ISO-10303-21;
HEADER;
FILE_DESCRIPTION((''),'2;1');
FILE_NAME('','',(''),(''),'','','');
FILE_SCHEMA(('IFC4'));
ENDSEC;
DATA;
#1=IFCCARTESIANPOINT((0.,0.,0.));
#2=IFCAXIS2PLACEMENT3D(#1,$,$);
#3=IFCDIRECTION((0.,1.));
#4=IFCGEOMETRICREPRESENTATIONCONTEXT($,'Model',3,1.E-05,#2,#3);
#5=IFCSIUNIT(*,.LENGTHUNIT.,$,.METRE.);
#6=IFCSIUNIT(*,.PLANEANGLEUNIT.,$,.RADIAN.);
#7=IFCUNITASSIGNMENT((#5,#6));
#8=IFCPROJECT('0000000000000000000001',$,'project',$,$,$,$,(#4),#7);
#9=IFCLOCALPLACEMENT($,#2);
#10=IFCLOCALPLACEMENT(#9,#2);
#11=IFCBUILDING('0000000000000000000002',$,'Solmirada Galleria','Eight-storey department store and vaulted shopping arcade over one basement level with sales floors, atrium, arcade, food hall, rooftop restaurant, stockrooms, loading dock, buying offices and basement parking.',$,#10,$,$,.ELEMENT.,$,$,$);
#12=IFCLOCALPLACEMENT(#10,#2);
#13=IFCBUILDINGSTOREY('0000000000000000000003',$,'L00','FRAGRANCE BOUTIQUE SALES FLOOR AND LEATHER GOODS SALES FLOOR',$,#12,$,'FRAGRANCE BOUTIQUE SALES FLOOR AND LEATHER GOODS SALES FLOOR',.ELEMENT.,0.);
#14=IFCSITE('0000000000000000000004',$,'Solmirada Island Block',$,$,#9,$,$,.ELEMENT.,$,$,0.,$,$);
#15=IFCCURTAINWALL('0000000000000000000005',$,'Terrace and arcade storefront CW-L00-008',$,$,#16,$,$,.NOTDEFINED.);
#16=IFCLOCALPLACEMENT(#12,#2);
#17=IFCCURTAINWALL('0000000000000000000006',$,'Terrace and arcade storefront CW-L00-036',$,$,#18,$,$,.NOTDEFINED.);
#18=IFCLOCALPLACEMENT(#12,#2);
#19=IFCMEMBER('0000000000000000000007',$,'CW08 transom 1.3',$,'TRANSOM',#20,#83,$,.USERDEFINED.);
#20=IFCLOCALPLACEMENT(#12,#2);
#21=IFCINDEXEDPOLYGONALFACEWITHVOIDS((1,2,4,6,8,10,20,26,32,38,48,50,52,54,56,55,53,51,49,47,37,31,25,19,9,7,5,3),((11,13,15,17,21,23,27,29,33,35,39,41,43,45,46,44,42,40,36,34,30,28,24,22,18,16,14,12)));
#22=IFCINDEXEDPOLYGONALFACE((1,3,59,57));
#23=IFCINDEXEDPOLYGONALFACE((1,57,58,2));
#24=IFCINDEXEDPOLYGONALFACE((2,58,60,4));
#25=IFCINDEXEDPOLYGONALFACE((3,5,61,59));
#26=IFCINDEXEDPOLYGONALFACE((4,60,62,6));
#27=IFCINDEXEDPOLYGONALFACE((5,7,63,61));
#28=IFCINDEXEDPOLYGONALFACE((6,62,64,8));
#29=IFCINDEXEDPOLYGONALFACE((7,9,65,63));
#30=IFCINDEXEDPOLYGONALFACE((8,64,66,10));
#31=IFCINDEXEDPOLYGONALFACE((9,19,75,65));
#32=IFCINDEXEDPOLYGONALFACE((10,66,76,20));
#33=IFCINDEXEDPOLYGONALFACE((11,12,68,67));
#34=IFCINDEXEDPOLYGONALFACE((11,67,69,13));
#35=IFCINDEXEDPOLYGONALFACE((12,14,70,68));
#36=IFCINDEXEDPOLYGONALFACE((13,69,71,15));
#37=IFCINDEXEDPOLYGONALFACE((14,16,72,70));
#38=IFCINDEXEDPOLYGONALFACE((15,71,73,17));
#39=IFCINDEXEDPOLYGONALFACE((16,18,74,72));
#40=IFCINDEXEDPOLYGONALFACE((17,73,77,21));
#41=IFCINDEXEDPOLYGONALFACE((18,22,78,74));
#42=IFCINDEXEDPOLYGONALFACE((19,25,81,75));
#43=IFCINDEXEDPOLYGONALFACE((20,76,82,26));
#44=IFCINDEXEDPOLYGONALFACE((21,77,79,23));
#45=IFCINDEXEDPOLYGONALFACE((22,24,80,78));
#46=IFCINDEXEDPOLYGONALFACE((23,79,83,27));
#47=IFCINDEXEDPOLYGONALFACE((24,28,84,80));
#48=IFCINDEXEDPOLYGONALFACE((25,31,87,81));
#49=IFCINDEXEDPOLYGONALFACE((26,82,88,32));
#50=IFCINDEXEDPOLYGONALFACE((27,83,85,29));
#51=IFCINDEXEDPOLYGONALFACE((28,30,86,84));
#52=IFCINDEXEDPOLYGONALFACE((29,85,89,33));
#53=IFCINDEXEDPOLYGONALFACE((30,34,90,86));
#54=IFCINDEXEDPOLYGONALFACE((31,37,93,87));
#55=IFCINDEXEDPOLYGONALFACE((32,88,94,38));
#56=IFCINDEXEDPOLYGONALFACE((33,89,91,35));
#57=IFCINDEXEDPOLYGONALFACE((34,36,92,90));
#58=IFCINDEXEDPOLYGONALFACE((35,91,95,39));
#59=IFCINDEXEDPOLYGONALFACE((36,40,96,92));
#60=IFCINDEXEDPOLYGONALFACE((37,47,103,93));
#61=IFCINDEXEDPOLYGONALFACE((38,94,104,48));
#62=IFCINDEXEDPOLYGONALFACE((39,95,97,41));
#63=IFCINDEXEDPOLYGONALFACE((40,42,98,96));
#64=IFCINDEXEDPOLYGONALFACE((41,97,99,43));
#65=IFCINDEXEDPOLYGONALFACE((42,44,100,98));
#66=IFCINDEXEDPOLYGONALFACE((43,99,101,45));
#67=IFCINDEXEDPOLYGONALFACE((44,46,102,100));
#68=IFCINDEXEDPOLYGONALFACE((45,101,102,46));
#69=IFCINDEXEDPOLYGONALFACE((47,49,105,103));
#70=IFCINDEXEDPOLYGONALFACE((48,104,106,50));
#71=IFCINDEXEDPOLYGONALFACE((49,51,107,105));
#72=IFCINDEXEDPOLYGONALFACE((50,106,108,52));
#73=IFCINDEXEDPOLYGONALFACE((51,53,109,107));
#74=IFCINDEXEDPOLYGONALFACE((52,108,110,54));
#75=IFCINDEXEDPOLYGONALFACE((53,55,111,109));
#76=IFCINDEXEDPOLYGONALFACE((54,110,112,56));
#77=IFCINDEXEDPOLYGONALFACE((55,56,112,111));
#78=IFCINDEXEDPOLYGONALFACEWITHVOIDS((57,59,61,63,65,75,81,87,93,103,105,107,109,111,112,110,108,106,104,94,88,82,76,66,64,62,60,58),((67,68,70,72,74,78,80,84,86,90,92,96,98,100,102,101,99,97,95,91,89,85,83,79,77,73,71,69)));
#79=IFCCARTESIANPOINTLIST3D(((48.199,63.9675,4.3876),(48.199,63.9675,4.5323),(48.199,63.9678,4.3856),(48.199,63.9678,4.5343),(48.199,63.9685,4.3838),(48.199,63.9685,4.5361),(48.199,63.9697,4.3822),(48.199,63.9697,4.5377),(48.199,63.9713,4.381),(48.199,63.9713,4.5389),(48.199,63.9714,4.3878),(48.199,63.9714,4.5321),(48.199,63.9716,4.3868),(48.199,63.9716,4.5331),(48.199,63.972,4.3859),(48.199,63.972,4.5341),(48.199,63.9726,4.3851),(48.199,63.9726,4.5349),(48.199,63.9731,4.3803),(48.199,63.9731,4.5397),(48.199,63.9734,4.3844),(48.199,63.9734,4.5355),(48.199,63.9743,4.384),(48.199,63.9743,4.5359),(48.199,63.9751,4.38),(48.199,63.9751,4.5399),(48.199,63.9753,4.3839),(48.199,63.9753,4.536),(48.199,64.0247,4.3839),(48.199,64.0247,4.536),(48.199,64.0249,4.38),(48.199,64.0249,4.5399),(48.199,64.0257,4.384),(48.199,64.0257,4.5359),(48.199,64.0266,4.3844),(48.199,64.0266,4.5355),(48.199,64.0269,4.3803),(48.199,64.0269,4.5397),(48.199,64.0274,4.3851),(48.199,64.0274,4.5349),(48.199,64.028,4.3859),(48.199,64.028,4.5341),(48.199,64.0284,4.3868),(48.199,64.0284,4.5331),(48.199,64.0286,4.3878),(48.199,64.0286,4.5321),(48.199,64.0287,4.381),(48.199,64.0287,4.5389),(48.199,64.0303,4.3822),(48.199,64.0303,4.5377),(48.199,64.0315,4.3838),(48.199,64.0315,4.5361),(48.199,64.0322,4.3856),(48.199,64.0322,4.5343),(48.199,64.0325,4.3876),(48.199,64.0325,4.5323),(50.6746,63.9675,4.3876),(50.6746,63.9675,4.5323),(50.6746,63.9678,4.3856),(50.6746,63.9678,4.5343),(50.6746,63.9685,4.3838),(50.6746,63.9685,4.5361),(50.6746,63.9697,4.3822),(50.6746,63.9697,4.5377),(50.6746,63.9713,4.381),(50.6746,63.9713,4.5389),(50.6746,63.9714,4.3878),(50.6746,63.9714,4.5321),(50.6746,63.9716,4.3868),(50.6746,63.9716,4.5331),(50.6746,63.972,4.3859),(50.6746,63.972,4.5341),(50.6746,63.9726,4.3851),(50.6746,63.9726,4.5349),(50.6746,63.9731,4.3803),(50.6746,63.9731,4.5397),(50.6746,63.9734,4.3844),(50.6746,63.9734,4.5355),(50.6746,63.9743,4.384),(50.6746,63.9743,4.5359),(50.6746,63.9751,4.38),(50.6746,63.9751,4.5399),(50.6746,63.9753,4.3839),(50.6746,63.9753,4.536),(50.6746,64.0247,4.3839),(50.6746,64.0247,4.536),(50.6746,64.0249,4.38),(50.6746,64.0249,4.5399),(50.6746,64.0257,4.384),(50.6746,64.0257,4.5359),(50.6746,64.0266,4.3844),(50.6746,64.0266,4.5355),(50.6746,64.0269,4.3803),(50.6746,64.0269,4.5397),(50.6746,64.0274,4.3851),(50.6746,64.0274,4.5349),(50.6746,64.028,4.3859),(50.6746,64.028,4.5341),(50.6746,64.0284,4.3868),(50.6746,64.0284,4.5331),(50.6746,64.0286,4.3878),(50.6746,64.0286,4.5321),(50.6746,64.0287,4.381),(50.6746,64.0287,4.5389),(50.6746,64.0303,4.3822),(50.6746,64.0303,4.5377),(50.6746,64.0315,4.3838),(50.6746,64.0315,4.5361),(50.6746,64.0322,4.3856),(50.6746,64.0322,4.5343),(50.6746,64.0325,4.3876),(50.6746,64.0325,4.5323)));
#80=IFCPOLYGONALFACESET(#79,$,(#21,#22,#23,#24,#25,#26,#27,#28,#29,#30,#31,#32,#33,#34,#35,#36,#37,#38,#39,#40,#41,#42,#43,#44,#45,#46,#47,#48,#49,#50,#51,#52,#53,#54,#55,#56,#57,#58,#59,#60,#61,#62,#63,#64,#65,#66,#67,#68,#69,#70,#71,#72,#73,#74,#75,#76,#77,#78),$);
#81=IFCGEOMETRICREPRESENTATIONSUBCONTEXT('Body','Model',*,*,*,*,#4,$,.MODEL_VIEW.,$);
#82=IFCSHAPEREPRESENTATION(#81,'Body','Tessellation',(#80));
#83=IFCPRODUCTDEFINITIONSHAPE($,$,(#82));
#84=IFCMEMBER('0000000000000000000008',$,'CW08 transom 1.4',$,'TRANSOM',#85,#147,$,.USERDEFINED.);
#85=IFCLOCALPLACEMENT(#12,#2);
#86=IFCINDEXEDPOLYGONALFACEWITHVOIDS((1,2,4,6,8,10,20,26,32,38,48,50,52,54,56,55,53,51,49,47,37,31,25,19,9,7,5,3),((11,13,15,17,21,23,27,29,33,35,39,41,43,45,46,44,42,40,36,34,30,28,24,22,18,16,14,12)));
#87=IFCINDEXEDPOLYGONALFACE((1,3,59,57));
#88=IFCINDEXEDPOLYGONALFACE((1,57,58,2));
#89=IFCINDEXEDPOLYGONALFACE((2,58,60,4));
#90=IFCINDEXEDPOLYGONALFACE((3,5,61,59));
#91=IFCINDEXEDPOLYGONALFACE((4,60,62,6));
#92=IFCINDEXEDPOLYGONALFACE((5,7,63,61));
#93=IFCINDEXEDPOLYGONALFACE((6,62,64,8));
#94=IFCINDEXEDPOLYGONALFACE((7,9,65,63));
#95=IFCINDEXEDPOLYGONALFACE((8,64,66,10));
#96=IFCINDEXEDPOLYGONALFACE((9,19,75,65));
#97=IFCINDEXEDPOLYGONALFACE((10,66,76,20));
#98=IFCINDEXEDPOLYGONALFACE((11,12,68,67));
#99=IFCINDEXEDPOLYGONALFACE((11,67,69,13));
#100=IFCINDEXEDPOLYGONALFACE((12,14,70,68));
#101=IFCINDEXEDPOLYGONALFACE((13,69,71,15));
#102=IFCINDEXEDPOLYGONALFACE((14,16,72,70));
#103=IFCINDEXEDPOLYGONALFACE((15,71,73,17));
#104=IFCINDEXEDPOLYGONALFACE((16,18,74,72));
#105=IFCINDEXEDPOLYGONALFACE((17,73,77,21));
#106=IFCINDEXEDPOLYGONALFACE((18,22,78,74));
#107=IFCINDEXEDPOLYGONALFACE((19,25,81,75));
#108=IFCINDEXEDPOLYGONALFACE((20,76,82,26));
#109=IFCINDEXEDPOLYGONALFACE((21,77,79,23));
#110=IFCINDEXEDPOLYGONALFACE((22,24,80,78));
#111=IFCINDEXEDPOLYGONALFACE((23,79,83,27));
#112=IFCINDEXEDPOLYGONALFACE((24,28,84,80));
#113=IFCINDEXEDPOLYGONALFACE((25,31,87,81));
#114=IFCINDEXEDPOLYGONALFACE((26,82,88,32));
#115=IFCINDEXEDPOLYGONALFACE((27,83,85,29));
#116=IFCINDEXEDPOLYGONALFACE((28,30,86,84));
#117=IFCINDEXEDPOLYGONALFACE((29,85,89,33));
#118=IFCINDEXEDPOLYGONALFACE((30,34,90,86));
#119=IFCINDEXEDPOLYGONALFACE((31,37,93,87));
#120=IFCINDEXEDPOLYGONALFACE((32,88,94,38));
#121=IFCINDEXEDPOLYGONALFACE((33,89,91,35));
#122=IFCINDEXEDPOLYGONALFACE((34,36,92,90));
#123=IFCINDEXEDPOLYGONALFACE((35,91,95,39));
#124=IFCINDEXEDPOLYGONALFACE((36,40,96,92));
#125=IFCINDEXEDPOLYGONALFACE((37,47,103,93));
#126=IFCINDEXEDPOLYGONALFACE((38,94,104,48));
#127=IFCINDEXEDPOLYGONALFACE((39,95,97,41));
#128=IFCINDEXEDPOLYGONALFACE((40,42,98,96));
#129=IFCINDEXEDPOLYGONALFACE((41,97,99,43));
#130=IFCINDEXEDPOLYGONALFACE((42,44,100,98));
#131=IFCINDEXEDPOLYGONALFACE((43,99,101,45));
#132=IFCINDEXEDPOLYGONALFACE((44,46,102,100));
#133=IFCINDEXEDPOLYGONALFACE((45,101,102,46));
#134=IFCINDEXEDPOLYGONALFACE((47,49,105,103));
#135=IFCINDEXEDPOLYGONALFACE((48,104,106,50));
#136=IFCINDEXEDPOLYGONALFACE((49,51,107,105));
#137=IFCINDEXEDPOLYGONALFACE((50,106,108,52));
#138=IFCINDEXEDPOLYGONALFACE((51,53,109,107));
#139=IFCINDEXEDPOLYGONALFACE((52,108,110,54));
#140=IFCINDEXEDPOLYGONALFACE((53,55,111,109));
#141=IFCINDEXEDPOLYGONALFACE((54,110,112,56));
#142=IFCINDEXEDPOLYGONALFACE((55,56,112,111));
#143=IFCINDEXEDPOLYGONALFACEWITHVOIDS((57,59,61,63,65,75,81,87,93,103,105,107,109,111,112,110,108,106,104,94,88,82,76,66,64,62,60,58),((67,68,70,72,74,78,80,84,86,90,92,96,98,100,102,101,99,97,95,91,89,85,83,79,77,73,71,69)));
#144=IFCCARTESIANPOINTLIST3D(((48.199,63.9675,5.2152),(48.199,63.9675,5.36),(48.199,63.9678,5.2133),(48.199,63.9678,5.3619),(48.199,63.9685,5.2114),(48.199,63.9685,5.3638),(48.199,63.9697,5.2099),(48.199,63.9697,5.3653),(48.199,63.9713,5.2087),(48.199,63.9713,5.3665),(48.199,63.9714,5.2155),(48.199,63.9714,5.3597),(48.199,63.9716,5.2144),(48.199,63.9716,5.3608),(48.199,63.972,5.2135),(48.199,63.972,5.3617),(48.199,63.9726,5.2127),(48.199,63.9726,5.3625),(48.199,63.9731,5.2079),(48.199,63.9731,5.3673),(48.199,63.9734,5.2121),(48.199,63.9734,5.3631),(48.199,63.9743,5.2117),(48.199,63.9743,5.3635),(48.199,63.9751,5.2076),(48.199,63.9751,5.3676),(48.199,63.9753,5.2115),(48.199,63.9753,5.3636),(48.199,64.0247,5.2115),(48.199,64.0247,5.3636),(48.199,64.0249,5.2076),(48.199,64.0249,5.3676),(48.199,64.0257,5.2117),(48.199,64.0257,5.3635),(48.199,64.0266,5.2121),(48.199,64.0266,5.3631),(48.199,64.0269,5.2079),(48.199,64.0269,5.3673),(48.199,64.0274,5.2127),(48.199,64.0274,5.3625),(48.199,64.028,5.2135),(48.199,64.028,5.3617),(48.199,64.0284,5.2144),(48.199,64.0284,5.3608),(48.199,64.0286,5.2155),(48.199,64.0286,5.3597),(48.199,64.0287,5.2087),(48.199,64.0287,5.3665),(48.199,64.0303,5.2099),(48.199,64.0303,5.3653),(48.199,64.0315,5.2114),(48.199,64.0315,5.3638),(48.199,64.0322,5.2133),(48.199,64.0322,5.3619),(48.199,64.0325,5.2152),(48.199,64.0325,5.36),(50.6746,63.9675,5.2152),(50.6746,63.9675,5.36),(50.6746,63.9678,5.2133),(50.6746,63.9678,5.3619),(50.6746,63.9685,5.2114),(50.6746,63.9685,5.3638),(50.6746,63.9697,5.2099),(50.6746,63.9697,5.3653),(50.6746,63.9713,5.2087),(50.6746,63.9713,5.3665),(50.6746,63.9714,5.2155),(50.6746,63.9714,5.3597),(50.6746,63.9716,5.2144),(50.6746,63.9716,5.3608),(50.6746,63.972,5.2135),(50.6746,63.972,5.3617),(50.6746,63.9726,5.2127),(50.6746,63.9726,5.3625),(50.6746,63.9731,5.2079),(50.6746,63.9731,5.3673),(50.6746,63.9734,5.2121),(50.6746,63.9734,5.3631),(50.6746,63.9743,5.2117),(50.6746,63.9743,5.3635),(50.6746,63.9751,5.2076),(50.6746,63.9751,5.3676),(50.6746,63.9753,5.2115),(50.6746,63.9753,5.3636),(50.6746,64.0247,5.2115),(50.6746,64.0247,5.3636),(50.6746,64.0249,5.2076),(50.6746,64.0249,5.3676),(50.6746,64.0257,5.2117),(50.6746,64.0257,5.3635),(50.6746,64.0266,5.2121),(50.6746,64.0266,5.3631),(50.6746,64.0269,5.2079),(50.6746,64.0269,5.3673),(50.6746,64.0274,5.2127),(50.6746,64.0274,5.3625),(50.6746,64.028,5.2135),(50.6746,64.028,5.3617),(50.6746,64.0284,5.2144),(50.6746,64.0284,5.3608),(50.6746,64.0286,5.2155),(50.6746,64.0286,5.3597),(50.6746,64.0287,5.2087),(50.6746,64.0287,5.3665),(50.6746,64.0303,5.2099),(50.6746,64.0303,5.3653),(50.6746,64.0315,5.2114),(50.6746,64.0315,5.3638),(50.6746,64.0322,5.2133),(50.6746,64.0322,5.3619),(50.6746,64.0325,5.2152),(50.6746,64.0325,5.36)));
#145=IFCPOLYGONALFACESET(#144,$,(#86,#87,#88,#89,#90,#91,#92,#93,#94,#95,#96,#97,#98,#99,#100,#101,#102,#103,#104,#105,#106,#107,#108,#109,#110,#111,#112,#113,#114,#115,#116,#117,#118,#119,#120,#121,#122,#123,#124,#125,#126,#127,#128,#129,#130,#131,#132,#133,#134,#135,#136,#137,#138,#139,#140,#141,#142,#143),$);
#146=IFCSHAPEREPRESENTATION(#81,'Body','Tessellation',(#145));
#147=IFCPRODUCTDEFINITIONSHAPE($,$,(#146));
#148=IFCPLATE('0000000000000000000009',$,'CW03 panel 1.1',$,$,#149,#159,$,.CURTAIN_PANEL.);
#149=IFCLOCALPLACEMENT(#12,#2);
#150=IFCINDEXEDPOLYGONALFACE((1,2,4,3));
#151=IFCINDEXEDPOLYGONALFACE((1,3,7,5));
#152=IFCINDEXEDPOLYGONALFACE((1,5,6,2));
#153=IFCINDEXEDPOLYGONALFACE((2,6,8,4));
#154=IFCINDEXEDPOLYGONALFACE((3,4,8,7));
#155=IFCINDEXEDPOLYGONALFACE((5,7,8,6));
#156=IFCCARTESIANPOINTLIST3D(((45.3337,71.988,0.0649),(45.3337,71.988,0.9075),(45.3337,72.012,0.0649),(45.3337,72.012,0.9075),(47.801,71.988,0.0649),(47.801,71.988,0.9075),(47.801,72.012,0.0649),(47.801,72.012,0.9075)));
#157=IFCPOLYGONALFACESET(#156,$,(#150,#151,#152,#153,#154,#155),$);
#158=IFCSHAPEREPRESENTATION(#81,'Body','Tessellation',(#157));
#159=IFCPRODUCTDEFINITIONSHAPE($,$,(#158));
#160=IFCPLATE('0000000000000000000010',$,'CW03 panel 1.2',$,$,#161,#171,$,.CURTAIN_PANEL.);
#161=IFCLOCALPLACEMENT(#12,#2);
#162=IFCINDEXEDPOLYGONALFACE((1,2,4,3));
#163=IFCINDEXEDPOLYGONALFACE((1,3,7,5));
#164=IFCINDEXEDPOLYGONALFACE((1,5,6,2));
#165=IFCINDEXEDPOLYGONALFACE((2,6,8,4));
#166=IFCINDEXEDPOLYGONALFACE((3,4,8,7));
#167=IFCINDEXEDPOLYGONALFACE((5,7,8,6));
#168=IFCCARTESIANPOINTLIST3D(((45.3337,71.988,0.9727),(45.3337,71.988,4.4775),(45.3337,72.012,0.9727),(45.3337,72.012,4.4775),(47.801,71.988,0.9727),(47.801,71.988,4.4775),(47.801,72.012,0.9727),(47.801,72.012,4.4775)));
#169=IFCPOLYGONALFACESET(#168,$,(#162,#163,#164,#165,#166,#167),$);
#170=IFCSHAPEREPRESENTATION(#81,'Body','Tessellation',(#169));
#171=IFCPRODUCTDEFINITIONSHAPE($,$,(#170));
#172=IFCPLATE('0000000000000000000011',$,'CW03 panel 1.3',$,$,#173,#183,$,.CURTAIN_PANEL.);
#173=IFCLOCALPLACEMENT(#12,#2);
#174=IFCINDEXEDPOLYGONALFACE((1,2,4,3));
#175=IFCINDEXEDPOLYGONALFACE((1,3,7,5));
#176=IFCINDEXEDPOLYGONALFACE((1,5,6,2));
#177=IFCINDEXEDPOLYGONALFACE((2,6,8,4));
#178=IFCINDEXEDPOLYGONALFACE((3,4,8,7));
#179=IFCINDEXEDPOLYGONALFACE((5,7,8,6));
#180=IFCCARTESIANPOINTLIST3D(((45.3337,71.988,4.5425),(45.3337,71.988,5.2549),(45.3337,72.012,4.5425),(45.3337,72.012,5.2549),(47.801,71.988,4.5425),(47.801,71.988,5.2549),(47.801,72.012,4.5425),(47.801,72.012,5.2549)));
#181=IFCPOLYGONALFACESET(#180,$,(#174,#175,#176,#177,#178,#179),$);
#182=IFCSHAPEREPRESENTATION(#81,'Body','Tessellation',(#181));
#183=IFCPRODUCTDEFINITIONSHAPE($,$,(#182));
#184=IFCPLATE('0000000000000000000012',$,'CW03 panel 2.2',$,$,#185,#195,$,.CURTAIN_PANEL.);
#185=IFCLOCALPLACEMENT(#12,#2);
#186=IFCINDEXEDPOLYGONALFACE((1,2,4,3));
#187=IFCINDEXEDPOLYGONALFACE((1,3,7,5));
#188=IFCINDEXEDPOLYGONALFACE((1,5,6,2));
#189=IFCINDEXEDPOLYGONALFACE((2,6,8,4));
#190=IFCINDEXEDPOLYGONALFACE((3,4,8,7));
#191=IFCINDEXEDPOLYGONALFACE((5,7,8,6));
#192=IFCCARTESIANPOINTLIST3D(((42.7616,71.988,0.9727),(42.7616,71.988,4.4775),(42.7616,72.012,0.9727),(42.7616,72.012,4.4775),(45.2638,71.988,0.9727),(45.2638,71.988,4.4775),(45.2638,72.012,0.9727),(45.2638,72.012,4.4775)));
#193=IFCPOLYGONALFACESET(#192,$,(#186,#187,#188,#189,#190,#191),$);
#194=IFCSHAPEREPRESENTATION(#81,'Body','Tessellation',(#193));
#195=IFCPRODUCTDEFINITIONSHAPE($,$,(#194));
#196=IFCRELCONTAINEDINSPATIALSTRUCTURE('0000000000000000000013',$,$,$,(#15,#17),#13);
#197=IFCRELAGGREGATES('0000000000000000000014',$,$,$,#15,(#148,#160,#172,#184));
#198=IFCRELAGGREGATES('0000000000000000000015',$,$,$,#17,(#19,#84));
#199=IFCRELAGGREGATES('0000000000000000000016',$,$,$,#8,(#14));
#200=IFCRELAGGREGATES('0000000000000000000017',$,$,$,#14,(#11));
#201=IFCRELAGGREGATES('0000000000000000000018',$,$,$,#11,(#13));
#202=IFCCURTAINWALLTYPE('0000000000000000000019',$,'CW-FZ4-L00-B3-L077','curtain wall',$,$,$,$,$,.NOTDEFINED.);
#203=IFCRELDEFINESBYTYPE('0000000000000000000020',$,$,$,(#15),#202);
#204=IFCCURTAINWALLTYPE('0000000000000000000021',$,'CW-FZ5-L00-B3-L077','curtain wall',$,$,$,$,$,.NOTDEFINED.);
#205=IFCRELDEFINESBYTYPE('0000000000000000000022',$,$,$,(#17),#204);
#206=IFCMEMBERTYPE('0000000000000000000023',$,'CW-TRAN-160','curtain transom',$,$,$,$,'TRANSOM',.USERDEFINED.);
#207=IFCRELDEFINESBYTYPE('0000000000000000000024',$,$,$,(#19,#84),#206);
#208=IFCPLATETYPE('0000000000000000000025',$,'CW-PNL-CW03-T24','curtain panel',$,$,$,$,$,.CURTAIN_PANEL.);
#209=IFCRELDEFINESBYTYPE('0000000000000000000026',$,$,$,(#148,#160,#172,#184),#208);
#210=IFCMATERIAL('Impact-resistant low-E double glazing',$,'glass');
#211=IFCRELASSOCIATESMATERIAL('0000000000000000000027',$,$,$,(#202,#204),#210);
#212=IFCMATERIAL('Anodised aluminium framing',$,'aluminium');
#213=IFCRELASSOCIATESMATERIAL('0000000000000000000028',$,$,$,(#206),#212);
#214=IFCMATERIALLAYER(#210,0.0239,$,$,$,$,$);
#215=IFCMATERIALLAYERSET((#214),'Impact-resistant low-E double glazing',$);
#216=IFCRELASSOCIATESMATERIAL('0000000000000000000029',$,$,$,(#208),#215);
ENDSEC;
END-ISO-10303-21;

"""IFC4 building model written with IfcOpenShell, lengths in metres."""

from ifc_helpers import new_model, si_unit, direction, frame, origin, origin_2d, place, context, subcontext, project, spatial, rectangle, hollow_rectangle, extrude, material, layer, layer_set, material_profile, profile_set, type_object, element, aggregate, save


model = new_model("IFC4")

# Units and contexts
model_context = context("Model", 3, precision=1e-05, world=origin(), true_north=direction((0.0, 1.0)))
body_context = subcontext(model_context, "Body", "Model", "MODEL_VIEW")
ifc_project = project(units=[si_unit("LENGTHUNIT", "METRE"), si_unit("PLANEANGLEUNIT", "RADIAN")], contexts=[model_context])

# Site, building, storey
site_placement = place(None, origin())
site = spatial("IfcSite", under=ifc_project, at=site_placement, Name="Solmirada Island Block", CompositionType="ELEMENT", RefElevation=0.0)
building_placement = place(site_placement, origin())
building = spatial("IfcBuilding", under=site, at=building_placement, Name="Solmirada Galleria", Description="Eight-storey department store and vaulted shopping arcade over one basement level with sales floors, atrium, arcade, food hall, rooftop restaurant, stockrooms, loading dock, buying offices and basement parking.", CompositionType="ELEMENT")
storey_placement = place(building_placement, origin())
storey = spatial("IfcBuildingStorey", under=building, at=storey_placement, Name="L00", Description="FRAGRANCE BOUTIQUE SALES FLOOR AND LEATHER GOODS SALES FLOOR", LongName="FRAGRANCE BOUTIQUE SALES FLOOR AND LEATHER GOODS SALES FLOOR", CompositionType="ELEMENT", Elevation=0.0)

# Shared definitions
ifc_material_1 = material(Name="Impact-resistant low-E double glazing", Category="glass")
curtain_wall_type_1 = type_object("IfcCurtainWallType", Name="CW-FZ4-L00-B3-L077", Description="curtain wall", PredefinedType="NOTDEFINED", material=ifc_material_1)
ifc_material_2 = material(Name="Anodised aluminium framing", Category="aluminium")

# Curtain wall
curtain_wall_1_placement = place(storey_placement, origin())
curtain_wall_1 = element("IfcCurtainWall", 1, at=curtain_wall_1_placement, inside=storey, type_object=curtain_wall_type_1, Name="Terrace and arcade storefront CW-L00-008", PredefinedType="NOTDEFINED")
curtain_wall_type_2 = type_object("IfcCurtainWallType", Name="CW-FZ5-L00-B3-L077", Description="curtain wall", PredefinedType="NOTDEFINED", material=ifc_material_1)

# Curtain wall
curtain_wall_2_placement = place(storey_placement, origin())
curtain_wall_2 = element("IfcCurtainWall", 2, at=curtain_wall_2_placement, inside=storey, type_object=curtain_wall_type_2, Name="Terrace and arcade storefront CW-L00-036", PredefinedType="NOTDEFINED")

# Members
ifc_material_profile_1 = material_profile(ifc_material_2, hollow_rectangle(XDim=0.0649, YDim=0.1599, WallThickness=0.0039, InnerFilletRadius=0.0039, OuterFilletRadius=0.0076, at=origin_2d()), Name="ALU-TRAN-160X65")
ifc_profile_set_1 = profile_set([ifc_material_profile_1], Name="Anodised aluminium framing")
member_type_1 = type_object("IfcMemberType", Name="CW-TRAN-160", Description="curtain transom", ElementType="TRANSOM", PredefinedType="USERDEFINED", material=ifc_profile_set_1)
member_1_placement = place(storey_placement, frame((48.199, 64.0, 4.46), z_axis=(1.0, 0.0, 0.0), x_axis=(0.0, 1.0, 0.0)))
member_1 = element("IfcMember", 3, at=member_1_placement, type_object=member_type_1, Name="CW08 transom 1.3", ObjectType="TRANSOM", PredefinedType="USERDEFINED", context=body_context, shape_type="SweptSolid", body=[
    extrude(hollow_rectangle(XDim=0.0649, YDim=0.1599, WallThickness=0.0039, InnerFilletRadius=0.0039, OuterFilletRadius=0.0076, at=origin_2d()), origin(), (0.0, 0.0, 1.0), 2.4756),
])
member_2_placement = place(storey_placement, frame((48.199, 64.0, 5.2876), z_axis=(1.0, 0.0, 0.0), x_axis=(0.0, 1.0, 0.0)))
member_2 = element("IfcMember", 4, at=member_2_placement, type_object=member_type_1, Name="CW08 transom 1.4", ObjectType="TRANSOM", PredefinedType="USERDEFINED", context=body_context, shape_type="SweptSolid", body=[
    extrude(hollow_rectangle(XDim=0.0649, YDim=0.1599, WallThickness=0.0039, InnerFilletRadius=0.0039, OuterFilletRadius=0.0076, at=origin_2d()), origin(), (0.0, 0.0, 1.0), 2.4756),
])

# Plates
ifc_layer_1 = layer(ifc_material_1, 0.0239)
ifc_layer_set_1 = layer_set([ifc_layer_1], Name="Impact-resistant low-E double glazing")
plate_type_1 = type_object("IfcPlateType", Name="CW-PNL-CW03-T24", Description="curtain panel", PredefinedType="CURTAIN_PANEL", material=ifc_layer_set_1)
plate_1_placement = place(storey_placement, frame((46.5674, 72.0, 0.0649), z_axis=(0.0, 0.0, 1.0), x_axis=(-1.0, 0.0, 0.0)))
plate_1 = element("IfcPlate", 5, at=plate_1_placement, type_object=plate_type_1, Name="CW03 panel 1.1", PredefinedType="CURTAIN_PANEL", context=body_context, shape_type="SweptSolid", body=[
    extrude(rectangle(XDim=2.4673, YDim=0.0239, at=origin_2d()), origin(), (0.0, 0.0, 1.0), 0.8425),
])
plate_2_placement = place(storey_placement, frame((46.5674, 72.0, 0.9727), z_axis=(0.0, 0.0, 1.0), x_axis=(-1.0, 0.0, 0.0)))
plate_2 = element("IfcPlate", 6, at=plate_2_placement, type_object=plate_type_1, Name="CW03 panel 1.2", PredefinedType="CURTAIN_PANEL", context=body_context, shape_type="SweptSolid", body=[
    extrude(rectangle(XDim=2.4673, YDim=0.0239, at=origin_2d()), origin(), (0.0, 0.0, 1.0), 3.5049),
])
plate_3_placement = place(storey_placement, frame((46.5674, 72.0, 4.5425), z_axis=(0.0, 0.0, 1.0), x_axis=(-1.0, 0.0, 0.0)))
plate_3 = element("IfcPlate", 7, at=plate_3_placement, type_object=plate_type_1, Name="CW03 panel 1.3", PredefinedType="CURTAIN_PANEL", context=body_context, shape_type="SweptSolid", body=[
    extrude(rectangle(XDim=2.4673, YDim=0.0239, at=origin_2d()), origin(), (0.0, 0.0, 1.0), 0.7124),
])
plate_4_placement = place(storey_placement, frame((44.0127, 72.0, 0.9727), z_axis=(0.0, 0.0, 1.0), x_axis=(-1.0, 0.0, 0.0)))
plate_4 = element("IfcPlate", 8, at=plate_4_placement, type_object=plate_type_1, Name="CW03 panel 2.2", PredefinedType="CURTAIN_PANEL", context=body_context, shape_type="SweptSolid", body=[
    extrude(rectangle(XDim=2.5022, YDim=0.0239, at=origin_2d()), origin(), (0.0, 0.0, 1.0), 3.5049),
])
aggregate(curtain_wall_1, [plate_1, plate_2, plate_3, plate_4])
aggregate(curtain_wall_2, [member_1, member_2])

save(model, "model.ifc")
